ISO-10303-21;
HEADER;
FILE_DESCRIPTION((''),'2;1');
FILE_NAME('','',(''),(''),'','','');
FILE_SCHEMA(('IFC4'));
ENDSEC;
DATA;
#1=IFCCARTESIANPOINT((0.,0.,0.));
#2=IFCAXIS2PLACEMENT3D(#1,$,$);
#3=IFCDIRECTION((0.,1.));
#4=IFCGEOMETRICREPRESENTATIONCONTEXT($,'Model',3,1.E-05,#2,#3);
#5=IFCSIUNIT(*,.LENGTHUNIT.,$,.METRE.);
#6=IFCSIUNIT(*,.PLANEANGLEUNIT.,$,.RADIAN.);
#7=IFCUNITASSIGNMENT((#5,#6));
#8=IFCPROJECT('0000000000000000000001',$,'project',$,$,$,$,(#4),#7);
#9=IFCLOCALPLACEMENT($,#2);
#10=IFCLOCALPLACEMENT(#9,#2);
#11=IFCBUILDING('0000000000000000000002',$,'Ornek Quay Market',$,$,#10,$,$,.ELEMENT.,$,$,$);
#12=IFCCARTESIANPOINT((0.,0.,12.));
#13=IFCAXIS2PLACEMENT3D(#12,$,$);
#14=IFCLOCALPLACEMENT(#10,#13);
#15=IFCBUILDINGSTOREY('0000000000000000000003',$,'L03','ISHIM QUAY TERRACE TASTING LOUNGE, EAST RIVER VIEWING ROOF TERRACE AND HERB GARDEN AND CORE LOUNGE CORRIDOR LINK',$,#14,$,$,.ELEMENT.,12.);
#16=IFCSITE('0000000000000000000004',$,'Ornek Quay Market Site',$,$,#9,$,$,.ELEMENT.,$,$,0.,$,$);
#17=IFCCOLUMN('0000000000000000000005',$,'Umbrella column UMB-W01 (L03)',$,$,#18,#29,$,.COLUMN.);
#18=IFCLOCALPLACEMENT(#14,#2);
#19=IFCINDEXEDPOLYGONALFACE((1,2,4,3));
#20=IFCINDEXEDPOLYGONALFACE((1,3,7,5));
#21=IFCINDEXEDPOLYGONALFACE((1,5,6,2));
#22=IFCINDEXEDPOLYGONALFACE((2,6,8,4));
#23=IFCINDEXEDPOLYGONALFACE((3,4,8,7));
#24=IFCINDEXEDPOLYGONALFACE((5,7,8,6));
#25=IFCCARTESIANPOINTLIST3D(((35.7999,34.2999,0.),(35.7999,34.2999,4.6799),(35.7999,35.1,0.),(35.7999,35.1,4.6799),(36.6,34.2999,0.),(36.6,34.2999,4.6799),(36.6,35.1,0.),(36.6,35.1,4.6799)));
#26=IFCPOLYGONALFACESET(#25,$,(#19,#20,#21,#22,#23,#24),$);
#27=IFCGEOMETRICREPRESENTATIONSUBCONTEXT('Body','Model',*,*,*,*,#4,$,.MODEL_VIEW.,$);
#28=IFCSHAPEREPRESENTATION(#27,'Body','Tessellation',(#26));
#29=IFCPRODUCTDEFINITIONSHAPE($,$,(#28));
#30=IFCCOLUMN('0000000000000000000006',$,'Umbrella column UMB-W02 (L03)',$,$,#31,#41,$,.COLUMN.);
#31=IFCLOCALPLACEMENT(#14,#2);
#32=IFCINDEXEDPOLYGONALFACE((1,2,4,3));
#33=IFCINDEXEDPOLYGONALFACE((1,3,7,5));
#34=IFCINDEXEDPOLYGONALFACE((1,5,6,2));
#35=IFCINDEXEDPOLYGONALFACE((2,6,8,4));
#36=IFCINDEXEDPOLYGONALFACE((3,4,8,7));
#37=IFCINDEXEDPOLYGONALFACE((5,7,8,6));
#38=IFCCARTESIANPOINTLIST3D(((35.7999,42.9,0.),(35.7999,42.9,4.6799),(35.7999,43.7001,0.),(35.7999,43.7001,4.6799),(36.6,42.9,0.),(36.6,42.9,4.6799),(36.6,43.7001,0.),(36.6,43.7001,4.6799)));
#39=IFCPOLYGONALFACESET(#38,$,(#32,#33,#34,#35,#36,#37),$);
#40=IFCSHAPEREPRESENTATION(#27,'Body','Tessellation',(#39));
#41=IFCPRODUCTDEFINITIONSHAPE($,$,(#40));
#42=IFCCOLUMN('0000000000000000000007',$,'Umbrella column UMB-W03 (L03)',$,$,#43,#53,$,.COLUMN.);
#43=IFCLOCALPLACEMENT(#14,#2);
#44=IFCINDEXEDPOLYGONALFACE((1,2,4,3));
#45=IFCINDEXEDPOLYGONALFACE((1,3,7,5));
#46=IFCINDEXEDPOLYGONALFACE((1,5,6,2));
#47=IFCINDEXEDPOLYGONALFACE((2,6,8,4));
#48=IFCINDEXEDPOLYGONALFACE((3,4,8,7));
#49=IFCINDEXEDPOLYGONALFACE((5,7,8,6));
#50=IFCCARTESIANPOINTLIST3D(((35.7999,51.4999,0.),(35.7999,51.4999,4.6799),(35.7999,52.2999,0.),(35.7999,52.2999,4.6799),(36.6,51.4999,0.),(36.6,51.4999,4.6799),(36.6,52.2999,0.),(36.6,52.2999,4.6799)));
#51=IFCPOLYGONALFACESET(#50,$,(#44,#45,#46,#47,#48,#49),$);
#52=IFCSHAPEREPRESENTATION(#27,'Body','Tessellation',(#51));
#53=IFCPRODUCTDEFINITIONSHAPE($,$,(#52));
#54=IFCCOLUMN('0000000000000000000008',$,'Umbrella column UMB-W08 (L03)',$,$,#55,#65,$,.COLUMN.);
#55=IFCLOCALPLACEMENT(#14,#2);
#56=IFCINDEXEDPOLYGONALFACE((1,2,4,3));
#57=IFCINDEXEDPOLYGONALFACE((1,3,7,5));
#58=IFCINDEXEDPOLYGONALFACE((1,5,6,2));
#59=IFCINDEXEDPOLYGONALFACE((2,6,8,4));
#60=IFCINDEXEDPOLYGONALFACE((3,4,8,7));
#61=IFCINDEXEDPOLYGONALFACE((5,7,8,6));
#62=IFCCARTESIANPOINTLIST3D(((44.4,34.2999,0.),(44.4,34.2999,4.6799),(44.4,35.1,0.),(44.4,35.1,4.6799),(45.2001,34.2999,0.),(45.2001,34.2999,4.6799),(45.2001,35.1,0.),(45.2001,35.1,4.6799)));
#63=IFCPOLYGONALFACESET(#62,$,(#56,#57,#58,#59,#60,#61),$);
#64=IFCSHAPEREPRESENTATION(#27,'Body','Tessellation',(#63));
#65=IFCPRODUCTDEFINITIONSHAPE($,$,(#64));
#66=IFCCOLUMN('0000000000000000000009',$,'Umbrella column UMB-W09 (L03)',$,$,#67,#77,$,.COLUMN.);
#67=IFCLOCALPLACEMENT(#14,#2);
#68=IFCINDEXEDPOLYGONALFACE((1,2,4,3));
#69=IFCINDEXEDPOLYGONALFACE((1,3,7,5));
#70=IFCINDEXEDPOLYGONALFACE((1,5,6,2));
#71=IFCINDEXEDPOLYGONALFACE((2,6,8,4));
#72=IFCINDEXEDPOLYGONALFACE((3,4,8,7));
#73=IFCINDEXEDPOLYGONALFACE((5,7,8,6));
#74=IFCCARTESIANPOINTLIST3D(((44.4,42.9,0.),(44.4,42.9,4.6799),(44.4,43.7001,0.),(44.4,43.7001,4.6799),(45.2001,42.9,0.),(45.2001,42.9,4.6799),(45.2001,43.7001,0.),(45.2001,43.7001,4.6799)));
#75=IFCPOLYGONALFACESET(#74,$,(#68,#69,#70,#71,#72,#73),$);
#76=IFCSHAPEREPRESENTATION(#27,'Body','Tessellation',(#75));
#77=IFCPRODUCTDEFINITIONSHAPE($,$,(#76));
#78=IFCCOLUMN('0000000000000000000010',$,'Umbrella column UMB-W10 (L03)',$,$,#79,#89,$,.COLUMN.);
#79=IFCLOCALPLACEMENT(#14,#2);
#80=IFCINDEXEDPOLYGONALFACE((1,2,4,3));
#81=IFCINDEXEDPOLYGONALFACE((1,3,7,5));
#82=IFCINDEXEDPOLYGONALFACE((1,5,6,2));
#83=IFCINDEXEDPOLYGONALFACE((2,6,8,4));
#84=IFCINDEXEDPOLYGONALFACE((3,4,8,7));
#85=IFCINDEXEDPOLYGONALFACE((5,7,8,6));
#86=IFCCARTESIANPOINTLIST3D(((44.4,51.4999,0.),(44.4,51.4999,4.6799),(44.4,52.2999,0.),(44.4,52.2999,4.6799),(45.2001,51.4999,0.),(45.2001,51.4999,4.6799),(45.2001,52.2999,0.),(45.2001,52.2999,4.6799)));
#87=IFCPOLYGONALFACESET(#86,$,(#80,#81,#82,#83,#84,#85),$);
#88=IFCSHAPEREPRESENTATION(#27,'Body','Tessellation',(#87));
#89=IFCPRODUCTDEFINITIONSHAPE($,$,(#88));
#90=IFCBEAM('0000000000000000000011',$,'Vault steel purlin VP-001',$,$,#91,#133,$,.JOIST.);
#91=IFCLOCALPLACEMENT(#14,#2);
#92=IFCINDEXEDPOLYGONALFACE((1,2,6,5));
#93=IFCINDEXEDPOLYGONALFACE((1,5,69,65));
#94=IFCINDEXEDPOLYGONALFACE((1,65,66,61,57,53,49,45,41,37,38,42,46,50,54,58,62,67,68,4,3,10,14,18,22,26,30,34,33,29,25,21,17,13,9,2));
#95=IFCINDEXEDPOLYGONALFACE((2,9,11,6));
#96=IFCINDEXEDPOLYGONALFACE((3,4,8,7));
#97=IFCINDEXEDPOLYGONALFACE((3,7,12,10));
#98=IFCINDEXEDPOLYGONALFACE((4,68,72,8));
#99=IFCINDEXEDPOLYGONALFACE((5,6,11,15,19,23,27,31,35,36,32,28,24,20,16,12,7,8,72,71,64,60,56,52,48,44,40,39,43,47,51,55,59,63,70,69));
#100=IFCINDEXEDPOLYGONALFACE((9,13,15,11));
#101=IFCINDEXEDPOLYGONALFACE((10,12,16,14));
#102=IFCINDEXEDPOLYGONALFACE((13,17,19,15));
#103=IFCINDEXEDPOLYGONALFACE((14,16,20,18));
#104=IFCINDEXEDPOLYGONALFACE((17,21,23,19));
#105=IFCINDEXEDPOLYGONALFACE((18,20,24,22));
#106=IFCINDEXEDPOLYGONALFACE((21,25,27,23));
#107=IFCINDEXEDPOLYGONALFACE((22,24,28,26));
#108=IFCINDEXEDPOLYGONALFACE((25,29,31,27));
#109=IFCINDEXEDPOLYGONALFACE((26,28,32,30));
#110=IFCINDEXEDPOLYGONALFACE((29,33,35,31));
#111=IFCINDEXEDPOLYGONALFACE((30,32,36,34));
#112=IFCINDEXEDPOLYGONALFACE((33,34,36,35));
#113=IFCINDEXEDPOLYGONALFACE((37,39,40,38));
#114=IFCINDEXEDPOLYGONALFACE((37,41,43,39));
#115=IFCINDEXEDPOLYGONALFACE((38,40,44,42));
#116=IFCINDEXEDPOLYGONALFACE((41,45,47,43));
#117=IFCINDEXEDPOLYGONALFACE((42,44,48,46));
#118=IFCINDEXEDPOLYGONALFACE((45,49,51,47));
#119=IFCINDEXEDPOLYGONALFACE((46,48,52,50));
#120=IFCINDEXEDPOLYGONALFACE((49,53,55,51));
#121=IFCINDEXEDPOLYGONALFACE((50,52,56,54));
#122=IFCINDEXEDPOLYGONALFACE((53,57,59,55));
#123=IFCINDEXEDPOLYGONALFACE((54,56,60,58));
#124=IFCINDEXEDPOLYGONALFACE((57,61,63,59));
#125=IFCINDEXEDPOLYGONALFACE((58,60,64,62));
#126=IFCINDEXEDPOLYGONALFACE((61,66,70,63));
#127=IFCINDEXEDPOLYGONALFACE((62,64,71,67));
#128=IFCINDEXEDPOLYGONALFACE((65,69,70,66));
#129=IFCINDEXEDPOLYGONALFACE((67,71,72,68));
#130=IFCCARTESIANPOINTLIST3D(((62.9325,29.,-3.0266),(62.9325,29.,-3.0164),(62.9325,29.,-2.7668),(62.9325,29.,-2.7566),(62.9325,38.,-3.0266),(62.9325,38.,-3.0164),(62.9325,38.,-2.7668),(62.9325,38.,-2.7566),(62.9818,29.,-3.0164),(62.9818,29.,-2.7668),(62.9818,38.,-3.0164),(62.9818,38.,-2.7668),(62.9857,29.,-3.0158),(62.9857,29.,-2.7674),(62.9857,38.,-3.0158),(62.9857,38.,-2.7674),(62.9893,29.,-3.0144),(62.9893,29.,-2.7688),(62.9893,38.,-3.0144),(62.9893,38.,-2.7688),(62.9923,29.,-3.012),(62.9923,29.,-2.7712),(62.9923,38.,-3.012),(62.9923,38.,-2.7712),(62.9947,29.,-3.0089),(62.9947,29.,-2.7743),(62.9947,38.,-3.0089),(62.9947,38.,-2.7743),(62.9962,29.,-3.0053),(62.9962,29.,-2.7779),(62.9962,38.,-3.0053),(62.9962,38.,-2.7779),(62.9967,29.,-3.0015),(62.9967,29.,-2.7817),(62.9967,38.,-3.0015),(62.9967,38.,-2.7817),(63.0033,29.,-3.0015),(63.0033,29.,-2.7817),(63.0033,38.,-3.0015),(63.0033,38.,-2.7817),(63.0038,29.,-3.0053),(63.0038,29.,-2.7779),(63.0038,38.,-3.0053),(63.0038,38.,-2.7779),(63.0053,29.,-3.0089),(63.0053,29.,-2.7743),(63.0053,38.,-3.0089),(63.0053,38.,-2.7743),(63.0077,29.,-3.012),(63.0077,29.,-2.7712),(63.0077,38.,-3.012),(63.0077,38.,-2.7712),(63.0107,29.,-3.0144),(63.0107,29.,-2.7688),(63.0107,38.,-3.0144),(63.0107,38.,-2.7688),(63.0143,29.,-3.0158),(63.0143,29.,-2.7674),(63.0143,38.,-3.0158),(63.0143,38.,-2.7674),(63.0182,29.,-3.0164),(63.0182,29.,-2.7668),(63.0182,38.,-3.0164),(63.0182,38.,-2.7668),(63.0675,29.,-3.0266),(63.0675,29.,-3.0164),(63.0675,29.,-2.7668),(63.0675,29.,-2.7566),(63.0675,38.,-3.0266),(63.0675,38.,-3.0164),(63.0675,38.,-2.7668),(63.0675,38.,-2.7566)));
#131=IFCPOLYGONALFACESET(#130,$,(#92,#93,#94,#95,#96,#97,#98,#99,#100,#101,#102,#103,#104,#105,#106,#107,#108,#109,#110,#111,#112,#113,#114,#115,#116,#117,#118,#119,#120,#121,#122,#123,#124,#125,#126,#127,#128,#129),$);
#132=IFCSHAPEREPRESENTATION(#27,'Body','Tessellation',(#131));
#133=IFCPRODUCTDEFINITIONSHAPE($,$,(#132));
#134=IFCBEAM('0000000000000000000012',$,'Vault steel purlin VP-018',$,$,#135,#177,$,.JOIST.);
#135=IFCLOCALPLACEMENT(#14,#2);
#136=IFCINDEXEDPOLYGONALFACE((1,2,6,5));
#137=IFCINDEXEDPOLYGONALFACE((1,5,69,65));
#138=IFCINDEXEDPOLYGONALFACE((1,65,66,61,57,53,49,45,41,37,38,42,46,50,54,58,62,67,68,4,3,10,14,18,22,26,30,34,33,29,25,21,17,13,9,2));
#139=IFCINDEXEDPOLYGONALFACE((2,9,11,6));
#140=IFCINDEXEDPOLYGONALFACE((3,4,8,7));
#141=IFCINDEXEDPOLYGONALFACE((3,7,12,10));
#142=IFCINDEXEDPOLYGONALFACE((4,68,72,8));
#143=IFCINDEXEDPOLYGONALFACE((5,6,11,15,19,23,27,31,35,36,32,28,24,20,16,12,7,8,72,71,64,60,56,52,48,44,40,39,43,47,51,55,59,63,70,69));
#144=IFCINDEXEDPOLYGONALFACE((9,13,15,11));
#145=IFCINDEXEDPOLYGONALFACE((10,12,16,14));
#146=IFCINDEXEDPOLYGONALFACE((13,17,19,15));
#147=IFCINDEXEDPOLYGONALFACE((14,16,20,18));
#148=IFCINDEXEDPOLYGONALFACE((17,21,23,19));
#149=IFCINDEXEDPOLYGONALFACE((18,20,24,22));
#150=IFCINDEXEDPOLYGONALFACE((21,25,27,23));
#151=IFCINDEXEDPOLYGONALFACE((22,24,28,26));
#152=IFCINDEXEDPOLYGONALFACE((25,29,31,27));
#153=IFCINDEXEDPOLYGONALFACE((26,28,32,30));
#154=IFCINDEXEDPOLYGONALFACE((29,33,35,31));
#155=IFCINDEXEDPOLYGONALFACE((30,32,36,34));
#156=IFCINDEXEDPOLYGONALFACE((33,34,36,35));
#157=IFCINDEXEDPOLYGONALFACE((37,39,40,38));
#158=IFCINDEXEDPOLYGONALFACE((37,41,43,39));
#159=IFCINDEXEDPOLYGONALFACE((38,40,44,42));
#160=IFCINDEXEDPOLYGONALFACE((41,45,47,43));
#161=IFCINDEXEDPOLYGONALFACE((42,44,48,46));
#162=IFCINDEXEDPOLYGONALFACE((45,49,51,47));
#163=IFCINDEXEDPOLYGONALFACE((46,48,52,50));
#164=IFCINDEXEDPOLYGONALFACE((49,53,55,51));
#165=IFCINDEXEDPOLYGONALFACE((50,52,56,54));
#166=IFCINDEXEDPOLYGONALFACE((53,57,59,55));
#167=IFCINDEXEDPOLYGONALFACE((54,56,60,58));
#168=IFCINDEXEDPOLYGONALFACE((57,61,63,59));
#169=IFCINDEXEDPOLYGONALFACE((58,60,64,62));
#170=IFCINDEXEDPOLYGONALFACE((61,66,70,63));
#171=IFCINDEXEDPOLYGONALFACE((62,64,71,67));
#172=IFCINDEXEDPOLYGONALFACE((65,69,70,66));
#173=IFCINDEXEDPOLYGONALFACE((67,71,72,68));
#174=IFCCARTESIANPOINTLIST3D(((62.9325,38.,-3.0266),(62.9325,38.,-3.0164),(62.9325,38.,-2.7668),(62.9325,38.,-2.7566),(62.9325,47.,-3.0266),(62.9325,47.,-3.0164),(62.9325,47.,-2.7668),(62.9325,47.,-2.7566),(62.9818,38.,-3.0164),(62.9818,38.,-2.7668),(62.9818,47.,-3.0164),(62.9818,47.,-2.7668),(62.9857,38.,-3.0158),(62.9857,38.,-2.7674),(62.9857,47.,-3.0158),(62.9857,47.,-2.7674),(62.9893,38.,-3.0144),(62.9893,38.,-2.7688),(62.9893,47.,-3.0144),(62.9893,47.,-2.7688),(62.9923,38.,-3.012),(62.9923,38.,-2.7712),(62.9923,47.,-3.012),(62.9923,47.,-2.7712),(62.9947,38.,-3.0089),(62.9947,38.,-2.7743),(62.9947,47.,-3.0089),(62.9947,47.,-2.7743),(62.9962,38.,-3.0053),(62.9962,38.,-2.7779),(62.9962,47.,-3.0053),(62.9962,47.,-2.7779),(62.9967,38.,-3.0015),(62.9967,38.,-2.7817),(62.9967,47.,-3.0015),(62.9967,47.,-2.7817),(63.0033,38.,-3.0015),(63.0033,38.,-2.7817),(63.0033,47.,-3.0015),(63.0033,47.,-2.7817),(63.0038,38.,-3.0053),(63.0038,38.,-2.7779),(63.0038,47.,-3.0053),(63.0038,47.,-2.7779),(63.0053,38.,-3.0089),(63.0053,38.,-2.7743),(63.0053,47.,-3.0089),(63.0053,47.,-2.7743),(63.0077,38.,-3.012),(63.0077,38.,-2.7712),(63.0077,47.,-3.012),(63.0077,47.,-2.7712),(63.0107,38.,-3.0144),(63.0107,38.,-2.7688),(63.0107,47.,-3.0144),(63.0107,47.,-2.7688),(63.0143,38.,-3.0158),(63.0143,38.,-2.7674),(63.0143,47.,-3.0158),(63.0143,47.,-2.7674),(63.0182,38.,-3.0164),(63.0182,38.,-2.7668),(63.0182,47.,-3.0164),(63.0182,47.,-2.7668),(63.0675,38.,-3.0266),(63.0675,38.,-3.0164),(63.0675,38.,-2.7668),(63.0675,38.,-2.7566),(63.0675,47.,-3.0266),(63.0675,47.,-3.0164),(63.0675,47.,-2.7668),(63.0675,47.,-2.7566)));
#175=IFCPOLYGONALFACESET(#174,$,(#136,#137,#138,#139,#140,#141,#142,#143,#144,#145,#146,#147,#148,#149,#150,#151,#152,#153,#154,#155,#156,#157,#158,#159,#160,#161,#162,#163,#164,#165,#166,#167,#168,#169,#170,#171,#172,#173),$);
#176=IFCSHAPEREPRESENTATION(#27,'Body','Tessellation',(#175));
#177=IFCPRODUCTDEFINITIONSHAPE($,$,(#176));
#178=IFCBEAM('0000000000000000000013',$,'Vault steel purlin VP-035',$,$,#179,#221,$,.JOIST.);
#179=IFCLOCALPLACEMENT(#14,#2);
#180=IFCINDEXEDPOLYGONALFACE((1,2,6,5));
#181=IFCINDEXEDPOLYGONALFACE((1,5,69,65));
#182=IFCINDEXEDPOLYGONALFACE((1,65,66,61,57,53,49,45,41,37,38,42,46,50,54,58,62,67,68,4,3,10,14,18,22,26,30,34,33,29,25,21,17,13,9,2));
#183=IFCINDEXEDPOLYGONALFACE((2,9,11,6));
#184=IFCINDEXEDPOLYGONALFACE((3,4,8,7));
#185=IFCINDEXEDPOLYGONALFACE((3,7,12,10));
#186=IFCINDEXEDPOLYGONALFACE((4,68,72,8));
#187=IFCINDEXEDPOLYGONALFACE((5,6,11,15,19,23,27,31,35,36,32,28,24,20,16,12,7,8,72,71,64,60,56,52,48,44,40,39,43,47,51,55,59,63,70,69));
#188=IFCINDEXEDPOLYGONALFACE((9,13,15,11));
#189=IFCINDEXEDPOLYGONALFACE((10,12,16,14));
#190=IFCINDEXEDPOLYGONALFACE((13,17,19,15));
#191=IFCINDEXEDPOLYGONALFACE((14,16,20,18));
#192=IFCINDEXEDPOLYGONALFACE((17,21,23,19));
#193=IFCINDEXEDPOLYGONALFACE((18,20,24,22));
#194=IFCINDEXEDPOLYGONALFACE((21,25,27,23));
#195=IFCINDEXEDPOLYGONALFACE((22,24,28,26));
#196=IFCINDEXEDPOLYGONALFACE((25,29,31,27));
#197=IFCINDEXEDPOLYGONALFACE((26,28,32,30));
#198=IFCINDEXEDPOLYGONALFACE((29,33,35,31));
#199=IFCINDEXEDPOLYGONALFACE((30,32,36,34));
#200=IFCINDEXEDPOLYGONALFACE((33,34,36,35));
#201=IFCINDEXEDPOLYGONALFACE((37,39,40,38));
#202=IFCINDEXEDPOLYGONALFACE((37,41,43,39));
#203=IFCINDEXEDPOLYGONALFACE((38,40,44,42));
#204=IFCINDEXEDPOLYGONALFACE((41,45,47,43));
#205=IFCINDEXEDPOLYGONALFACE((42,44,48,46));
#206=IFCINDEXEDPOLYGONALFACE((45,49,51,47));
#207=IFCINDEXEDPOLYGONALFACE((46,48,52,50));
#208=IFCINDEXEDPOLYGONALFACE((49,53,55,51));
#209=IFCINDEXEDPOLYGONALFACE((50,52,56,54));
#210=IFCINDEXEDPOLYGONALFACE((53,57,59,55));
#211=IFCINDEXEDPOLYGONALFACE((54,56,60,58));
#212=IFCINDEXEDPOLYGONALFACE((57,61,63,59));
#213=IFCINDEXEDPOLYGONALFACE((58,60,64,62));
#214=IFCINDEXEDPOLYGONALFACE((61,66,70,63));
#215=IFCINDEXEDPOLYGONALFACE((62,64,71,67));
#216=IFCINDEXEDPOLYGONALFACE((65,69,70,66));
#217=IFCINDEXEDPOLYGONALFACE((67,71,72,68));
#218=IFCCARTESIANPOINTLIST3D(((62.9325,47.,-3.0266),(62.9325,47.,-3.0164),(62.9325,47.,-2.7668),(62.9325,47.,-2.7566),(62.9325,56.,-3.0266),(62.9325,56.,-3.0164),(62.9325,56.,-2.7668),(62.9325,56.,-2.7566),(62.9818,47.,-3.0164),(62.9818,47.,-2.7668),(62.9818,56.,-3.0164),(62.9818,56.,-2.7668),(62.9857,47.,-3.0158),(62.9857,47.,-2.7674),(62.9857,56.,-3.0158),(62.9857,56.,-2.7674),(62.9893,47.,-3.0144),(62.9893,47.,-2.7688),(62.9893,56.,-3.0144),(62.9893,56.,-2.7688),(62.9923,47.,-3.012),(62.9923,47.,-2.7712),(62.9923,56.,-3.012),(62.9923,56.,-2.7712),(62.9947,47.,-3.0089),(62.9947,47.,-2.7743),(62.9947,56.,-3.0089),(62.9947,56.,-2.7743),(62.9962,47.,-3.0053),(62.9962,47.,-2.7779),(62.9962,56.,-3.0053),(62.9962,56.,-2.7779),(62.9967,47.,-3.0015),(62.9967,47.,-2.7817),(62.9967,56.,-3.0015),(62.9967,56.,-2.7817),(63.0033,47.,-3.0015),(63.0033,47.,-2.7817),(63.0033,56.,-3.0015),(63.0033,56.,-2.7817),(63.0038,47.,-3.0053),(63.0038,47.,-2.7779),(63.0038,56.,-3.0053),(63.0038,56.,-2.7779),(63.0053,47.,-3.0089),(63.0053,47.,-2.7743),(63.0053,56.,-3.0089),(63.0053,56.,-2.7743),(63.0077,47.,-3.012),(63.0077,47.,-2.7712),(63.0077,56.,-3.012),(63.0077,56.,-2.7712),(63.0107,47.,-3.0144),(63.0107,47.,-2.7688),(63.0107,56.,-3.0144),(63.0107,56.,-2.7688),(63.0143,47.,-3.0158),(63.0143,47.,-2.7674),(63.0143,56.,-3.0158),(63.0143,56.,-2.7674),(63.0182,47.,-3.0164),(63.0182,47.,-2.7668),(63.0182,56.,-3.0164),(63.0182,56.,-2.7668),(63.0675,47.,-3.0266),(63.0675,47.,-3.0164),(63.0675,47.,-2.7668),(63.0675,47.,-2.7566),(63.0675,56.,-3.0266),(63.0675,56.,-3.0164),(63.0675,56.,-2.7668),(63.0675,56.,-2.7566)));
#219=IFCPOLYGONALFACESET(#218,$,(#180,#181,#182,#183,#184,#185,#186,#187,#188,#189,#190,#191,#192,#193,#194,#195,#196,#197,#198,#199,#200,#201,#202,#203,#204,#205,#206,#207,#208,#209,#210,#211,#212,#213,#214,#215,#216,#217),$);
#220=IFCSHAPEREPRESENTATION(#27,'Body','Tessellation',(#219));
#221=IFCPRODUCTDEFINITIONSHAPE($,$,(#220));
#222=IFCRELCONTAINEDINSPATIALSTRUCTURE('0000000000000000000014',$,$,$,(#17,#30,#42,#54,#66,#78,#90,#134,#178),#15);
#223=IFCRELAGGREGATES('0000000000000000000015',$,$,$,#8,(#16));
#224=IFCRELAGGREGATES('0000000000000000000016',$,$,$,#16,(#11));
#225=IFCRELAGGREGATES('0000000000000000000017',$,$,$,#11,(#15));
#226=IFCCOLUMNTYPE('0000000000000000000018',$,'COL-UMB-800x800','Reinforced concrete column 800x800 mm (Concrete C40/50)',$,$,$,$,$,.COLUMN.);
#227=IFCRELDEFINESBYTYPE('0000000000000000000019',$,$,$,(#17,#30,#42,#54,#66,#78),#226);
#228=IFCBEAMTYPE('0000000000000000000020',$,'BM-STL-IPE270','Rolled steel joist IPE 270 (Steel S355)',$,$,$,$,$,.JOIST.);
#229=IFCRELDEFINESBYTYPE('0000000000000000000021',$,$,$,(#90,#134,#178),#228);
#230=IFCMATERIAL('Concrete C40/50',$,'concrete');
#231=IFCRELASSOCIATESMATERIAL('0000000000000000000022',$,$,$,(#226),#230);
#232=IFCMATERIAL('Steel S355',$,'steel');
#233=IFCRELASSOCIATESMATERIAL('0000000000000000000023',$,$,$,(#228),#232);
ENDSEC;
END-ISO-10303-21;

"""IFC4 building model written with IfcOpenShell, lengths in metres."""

from ifc_helpers import new_model, si_unit, direction, frame, origin, origin_2d, place, context, subcontext, project, spatial, rectangle, i_section, extrude, material, material_profile, profile_set, type_object, element, save


model = new_model("IFC4")

# Units and contexts
model_context = context("Model", 3, precision=1e-05, world=origin(), true_north=direction((0.0, 1.0)))
body_context = subcontext(model_context, "Body", "Model", "MODEL_VIEW")
ifc_project = project(units=[si_unit("LENGTHUNIT", "METRE"), si_unit("PLANEANGLEUNIT", "RADIAN")], contexts=[model_context])

# Site, building, storey
site_placement = place(None, origin())
site = spatial("IfcSite", under=ifc_project, at=site_placement, Name="Ornek Quay Market Site", CompositionType="ELEMENT", RefElevation=0.0)
building_placement = place(site_placement, origin())
building = spatial("IfcBuilding", under=site, at=building_placement, Name="Ornek Quay Market", CompositionType="ELEMENT")
storey_placement = place(building_placement, frame((0.0, 0.0, 12.0)))
storey = spatial("IfcBuildingStorey", under=building, at=storey_placement, Name="L03", Description="ISHIM QUAY TERRACE TASTING LOUNGE, EAST RIVER VIEWING ROOF TERRACE AND HERB GARDEN AND CORE LOUNGE CORRIDOR LINK", CompositionType="ELEMENT", Elevation=12.0)

# Columns
ifc_material_1 = material(Name="Concrete C40/50", Category="concrete")
ifc_material_profile_1 = material_profile(ifc_material_1, rectangle(XDim=0.8, YDim=0.8, at=origin_2d()), Name="RC 800x800", Category="concrete")
ifc_profile_set_1 = profile_set([ifc_material_profile_1], Name="Concrete C40/50")
column_type = type_object("IfcColumnType", Name="COL-UMB-800x800", Description="Reinforced concrete column 800x800 mm (Concrete C40/50)", PredefinedType="COLUMN", material=ifc_profile_set_1)
for number, where, z_axis, x_axis, name in (
    (1, (36.2, 34.7, 0.0), (0.0, 0.0, 1.0), (1.0, 0.0, 0.0), "Umbrella column UMB-W01 (L03)"),
    (2, (36.2, 43.3, 0.0), (0.0, 0.0, 1.0), (1.0, 0.0, 0.0), "Umbrella column UMB-W02 (L03)"),
    (3, (36.2, 51.8999, 0.0), (0.0, 0.0, 1.0), (1.0, 0.0, 0.0), "Umbrella column UMB-W03 (L03)"),
    (4, (44.8, 34.7, 0.0), (0.0, 0.0, 1.0), (1.0, 0.0, 0.0), "Umbrella column UMB-W08 (L03)"),
    (5, (44.8, 43.3, 0.0), (0.0, 0.0, 1.0), (1.0, 0.0, 0.0), "Umbrella column UMB-W09 (L03)"),
    (6, (44.8, 51.8999, 0.0), (0.0, 0.0, 1.0), (1.0, 0.0, 0.0), "Umbrella column UMB-W10 (L03)"),
):
    element("IfcColumn", number, at=place(storey_placement, frame(where, z_axis=z_axis, x_axis=x_axis)), inside=storey, type_object=column_type, Name=name, PredefinedType="COLUMN", context=body_context, shape_type="SweptSolid", body=[
        extrude(rectangle(XDim=0.8, YDim=0.8, at=origin_2d()), origin(), (0.0, 0.0, 1.0), 4.6799),
    ])

# Beams
ifc_material_2 = material(Name="Steel S355", Category="steel")
ifc_material_profile_2 = material_profile(ifc_material_2, i_section(OverallWidth=0.135, OverallDepth=0.27, WebThickness=0.0066, FlangeThickness=0.0103, FilletRadius=0.0149, at=origin_2d()), Name="IPE 270", Category="steel")
ifc_profile_set_2 = profile_set([ifc_material_profile_2], Name="Steel S355")
beam_type = type_object("IfcBeamType", Name="BM-STL-IPE270", Description="Rolled steel joist IPE 270 (Steel S355)", PredefinedType="JOIST", material=ifc_profile_set_2)
for number, where, z_axis, x_axis, name in (
    (7, (63.0, 29.0, -2.8916), (0.0, 1.0, 0.0), (-1.0, 0.0, 0.0), "Vault steel purlin VP-001"),
    (8, (63.0, 38.0, -2.8916), (0.0, 1.0, 0.0), (-1.0, 0.0, 0.0), "Vault steel purlin VP-018"),
    (9, (63.0, 47.0, -2.8916), (0.0, 1.0, 0.0), (-1.0, 0.0, 0.0), "Vault steel purlin VP-035"),
):
    element("IfcBeam", number, at=place(storey_placement, frame(where, z_axis=z_axis, x_axis=x_axis)), inside=storey, type_object=beam_type, Name=name, PredefinedType="JOIST", context=body_context, shape_type="SweptSolid", body=[
        extrude(i_section(OverallWidth=0.135, OverallDepth=0.27, WebThickness=0.0066, FlangeThickness=0.0103, FilletRadius=0.0149, at=origin_2d()), origin(), (0.0, 0.0, 1.0), 9.0),
    ])

save(model, "model.ifc")
